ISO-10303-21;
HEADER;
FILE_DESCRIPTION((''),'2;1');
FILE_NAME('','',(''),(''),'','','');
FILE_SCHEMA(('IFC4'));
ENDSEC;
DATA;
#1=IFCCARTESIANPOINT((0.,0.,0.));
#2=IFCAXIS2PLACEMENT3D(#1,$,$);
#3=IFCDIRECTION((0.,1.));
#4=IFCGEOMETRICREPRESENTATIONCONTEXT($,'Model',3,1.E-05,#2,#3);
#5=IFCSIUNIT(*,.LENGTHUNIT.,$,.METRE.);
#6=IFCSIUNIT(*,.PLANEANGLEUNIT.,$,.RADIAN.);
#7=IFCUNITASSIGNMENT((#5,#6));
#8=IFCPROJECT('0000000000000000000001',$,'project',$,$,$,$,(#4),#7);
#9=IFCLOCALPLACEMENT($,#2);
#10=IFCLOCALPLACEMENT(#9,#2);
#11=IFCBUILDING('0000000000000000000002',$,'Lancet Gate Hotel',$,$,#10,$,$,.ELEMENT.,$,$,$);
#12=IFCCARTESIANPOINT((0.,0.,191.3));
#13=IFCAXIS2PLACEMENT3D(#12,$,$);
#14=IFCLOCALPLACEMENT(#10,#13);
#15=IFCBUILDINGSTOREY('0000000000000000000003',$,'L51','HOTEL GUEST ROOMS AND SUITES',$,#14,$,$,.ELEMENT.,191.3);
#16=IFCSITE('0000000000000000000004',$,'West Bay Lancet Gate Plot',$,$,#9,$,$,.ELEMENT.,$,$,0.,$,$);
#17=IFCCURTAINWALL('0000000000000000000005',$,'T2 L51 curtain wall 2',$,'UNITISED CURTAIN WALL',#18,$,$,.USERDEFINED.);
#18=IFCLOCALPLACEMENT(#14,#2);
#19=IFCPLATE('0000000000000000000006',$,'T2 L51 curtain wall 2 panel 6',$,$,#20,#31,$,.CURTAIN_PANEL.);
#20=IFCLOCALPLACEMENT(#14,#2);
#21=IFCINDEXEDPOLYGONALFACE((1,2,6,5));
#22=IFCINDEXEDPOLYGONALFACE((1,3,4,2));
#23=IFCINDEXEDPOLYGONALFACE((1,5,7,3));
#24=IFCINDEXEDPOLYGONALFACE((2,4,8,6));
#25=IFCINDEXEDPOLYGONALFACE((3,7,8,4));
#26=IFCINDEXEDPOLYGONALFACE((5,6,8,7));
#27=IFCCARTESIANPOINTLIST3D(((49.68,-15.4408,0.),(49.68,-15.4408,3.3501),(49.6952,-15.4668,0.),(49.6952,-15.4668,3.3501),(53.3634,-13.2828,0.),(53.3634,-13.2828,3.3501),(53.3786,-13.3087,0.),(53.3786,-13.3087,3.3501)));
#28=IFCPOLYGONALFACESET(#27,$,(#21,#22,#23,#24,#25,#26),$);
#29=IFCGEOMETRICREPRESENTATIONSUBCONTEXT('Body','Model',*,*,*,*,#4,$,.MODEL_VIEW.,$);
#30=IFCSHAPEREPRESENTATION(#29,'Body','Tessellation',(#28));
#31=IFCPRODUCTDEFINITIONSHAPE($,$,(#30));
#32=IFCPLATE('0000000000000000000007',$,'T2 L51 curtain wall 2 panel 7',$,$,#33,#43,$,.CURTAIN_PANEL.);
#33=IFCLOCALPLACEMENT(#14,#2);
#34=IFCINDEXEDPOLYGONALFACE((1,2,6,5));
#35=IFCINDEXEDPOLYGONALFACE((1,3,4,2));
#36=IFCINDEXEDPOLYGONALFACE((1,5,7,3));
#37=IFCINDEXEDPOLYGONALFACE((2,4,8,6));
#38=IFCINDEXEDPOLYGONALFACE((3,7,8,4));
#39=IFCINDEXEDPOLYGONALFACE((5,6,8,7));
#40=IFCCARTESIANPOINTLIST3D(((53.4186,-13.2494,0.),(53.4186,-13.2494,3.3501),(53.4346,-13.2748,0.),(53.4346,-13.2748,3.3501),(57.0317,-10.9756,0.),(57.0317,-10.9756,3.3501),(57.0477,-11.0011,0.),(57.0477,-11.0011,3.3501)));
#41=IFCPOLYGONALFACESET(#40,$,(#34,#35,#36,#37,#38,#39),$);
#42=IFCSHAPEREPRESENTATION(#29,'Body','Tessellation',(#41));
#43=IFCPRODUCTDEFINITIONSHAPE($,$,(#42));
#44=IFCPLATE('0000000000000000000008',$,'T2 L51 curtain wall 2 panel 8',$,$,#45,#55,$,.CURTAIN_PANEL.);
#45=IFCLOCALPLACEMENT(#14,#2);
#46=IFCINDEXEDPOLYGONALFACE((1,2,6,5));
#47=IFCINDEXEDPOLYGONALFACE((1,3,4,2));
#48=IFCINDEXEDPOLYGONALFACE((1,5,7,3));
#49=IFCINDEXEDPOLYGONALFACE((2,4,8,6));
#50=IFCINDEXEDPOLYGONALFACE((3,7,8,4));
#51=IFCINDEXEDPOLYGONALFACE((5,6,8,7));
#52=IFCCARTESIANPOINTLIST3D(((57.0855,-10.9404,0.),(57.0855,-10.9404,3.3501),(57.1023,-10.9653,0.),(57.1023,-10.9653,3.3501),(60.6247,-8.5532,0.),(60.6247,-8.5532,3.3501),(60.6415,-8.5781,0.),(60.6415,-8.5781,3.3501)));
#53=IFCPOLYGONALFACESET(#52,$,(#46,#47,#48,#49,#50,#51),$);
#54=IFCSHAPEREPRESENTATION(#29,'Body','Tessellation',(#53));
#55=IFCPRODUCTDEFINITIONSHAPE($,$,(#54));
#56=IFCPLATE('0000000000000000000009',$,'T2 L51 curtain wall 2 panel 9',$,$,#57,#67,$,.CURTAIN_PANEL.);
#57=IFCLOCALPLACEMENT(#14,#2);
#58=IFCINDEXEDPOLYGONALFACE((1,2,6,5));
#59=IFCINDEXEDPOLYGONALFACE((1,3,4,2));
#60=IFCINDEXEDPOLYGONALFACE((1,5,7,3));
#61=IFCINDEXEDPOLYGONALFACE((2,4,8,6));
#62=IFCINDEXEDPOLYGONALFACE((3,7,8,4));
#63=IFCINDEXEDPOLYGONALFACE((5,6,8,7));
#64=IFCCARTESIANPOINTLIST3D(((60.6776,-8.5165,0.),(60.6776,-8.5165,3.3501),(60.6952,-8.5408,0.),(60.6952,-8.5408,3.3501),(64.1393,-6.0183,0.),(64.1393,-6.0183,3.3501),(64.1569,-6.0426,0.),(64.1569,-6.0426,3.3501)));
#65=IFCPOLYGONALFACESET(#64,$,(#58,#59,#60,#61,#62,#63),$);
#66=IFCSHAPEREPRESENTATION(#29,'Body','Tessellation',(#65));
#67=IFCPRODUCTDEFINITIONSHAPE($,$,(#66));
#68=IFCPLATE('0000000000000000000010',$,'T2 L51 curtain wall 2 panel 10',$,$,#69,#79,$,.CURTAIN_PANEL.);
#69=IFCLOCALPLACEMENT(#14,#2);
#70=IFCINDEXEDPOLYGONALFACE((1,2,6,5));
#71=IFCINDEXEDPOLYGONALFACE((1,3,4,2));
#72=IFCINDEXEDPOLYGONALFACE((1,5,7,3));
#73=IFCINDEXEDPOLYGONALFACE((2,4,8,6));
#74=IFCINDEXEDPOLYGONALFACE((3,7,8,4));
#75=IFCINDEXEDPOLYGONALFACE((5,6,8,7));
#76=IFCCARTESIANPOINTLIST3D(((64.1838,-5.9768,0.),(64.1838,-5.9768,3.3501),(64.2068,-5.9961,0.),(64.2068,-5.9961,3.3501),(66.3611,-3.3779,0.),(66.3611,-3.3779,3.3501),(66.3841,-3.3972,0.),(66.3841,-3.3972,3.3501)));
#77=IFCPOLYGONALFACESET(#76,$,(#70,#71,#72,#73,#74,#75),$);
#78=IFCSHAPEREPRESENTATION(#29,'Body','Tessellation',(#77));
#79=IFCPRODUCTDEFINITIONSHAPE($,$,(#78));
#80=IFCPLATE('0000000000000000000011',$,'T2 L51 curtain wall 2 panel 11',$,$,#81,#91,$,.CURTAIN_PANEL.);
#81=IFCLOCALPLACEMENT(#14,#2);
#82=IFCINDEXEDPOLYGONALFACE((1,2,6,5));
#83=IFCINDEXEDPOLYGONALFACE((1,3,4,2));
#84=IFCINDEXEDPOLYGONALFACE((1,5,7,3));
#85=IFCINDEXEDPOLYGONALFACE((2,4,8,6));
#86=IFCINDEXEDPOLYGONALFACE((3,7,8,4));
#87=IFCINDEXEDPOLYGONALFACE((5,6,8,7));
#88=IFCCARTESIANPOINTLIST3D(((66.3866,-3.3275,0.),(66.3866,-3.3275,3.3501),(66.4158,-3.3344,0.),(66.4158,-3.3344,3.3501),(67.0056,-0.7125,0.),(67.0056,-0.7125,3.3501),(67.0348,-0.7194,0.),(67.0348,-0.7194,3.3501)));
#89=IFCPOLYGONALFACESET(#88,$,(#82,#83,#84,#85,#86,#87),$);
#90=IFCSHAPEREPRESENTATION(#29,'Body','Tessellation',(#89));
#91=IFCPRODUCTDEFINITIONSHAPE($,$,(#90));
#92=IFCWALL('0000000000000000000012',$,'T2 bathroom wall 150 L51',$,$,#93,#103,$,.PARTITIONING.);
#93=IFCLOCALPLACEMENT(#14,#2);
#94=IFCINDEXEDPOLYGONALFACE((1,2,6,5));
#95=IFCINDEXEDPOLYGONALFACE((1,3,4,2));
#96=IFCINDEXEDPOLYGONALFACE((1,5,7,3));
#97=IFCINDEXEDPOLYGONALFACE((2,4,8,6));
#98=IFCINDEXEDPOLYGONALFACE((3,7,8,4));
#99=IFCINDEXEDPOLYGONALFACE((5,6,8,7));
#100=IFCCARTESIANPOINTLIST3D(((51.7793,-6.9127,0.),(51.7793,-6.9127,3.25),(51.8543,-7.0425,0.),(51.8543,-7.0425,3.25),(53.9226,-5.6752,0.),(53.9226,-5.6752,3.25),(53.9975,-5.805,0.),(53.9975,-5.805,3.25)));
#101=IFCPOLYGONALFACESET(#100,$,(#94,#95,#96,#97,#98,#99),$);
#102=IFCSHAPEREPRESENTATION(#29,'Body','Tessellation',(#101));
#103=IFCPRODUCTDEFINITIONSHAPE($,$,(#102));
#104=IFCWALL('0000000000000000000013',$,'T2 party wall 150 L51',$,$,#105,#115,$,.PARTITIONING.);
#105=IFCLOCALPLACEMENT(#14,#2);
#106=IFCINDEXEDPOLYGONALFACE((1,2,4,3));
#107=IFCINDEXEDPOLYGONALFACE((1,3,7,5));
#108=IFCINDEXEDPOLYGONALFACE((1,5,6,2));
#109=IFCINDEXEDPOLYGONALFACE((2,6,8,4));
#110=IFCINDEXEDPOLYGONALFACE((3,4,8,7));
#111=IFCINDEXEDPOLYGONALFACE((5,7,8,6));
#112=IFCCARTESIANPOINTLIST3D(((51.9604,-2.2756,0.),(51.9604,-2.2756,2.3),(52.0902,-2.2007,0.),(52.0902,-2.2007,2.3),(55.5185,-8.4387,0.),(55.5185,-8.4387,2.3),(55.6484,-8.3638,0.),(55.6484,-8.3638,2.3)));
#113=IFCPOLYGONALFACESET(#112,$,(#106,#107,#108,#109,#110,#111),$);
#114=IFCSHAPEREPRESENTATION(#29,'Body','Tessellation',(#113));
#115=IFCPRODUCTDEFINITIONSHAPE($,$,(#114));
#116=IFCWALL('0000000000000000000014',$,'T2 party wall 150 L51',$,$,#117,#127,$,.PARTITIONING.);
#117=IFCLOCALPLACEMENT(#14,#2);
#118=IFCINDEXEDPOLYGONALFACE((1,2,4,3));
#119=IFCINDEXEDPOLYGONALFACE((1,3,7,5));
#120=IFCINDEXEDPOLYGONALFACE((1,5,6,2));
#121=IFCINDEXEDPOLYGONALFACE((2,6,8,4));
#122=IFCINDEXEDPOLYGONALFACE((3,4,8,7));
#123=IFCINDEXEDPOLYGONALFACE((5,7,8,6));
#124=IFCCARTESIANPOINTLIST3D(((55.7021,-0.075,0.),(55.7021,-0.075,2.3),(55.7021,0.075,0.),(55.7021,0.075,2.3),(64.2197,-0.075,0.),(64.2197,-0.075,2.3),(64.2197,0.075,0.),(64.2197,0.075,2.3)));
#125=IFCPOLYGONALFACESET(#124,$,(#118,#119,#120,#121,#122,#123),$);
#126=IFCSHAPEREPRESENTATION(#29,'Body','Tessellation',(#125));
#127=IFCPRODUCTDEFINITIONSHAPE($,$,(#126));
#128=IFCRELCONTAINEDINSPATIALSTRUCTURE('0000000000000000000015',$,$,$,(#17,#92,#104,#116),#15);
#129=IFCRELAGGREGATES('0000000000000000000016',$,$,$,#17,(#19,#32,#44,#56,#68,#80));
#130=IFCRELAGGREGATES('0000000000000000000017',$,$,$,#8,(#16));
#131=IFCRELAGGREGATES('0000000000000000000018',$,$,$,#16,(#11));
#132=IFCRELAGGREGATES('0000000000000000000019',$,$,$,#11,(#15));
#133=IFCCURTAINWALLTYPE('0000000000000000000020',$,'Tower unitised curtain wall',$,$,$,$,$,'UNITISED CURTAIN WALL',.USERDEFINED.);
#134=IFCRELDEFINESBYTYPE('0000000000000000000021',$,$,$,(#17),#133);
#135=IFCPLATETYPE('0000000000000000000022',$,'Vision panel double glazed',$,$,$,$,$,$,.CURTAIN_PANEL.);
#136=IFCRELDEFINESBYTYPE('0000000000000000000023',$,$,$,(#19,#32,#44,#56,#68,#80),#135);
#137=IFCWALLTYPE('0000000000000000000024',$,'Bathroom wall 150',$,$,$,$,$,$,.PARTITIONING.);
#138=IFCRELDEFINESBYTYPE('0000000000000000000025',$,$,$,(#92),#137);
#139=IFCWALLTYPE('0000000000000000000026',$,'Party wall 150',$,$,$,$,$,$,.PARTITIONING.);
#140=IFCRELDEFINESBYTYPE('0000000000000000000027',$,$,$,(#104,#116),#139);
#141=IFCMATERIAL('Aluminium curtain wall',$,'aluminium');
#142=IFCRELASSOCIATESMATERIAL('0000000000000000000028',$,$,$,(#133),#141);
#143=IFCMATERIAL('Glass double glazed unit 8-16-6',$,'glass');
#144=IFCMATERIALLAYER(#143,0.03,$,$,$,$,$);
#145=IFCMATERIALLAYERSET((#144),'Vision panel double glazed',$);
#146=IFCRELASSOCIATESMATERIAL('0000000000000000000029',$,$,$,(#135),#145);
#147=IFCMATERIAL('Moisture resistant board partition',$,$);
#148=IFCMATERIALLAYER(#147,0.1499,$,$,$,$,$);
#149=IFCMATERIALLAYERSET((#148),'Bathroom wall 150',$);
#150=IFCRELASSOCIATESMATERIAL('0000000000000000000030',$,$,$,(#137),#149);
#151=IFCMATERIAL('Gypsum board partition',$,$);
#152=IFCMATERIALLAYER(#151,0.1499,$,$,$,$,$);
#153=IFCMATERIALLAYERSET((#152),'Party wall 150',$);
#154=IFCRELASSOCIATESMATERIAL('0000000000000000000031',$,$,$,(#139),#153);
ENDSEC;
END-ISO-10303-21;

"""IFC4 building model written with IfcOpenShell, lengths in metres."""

from ifc_helpers import new_model, si_unit, direction, frame, frame_2d, origin, origin_2d, place, context, subcontext, project, spatial, rectangle, extrude, material, layer, layer_set, type_object, element, aggregate, save


model = new_model("IFC4")

# Units and contexts
model_context = context("Model", 3, precision=1e-05, world=origin(), true_north=direction((0.0, 1.0)))
body_context = subcontext(model_context, "Body", "Model", "MODEL_VIEW")
ifc_project = project(units=[si_unit("LENGTHUNIT", "METRE"), si_unit("PLANEANGLEUNIT", "RADIAN")], contexts=[model_context])

# Site, building, storey
site_placement = place(None, origin())
site = spatial("IfcSite", under=ifc_project, at=site_placement, Name="West Bay Lancet Gate Plot", CompositionType="ELEMENT", RefElevation=0.0)
building_placement = place(site_placement, origin())
building = spatial("IfcBuilding", under=site, at=building_placement, Name="Lancet Gate Hotel", CompositionType="ELEMENT")
storey_placement = place(building_placement, frame((0.0, 0.0, 191.3)))
storey = spatial("IfcBuildingStorey", under=building, at=storey_placement, Name="L51", Description="HOTEL GUEST ROOMS AND SUITES", CompositionType="ELEMENT", Elevation=191.3)

# Curtain wall
ifc_material_1 = material(Name="Aluminium curtain wall", Category="aluminium")
curtain_wall_type = type_object("IfcCurtainWallType", Name="Tower unitised curtain wall", ElementType="UNITISED CURTAIN WALL", PredefinedType="USERDEFINED", material=ifc_material_1)
curtain_wall_placement = place(storey_placement, origin())
curtain_wall = element("IfcCurtainWall", 1, at=curtain_wall_placement, inside=storey, type_object=curtain_wall_type, Name="T2 L51 curtain wall 2", ObjectType="UNITISED CURTAIN WALL", PredefinedType="USERDEFINED")

# Plates
ifc_material_2 = material(Name="Glass double glazed unit 8-16-6", Category="glass")
ifc_layer_1 = layer(ifc_material_2, 0.03)
ifc_layer_set_1 = layer_set([ifc_layer_1], Name="Vision panel double glazed")
plate_type = type_object("IfcPlateType", Name="Vision panel double glazed", PredefinedType="CURTAIN_PANEL", material=ifc_layer_set_1)
plate_1_placement = place(storey_placement, frame((51.5293, -14.3748, 0.0), z_axis=(0.0, 0.0, 1.0), x_axis=(0.862815, 0.50552, 0.0)))
plate_1 = element("IfcPlate", 2, at=plate_1_placement, type_object=plate_type, Name="T2 L51 curtain wall 2 panel 6", PredefinedType="CURTAIN_PANEL", context=body_context, shape_type="SweptSolid", body=[
    extrude(rectangle(XDim=4.269, YDim=0.03, at=origin_2d()), origin(), (0.0, 0.0, 1.0), 3.3501),
])
plate_2_placement = place(storey_placement, frame((55.2332, -12.1252, 0.0), z_axis=(0.0, 0.0, 1.0), x_axis=(0.846352, 0.532623, 0.0)))
plate_2 = element("IfcPlate", 3, at=plate_2_placement, type_object=plate_type, Name="T2 L51 curtain wall 2 panel 7", PredefinedType="CURTAIN_PANEL", context=body_context, shape_type="SweptSolid", body=[
    extrude(rectangle(XDim=4.269, YDim=0.03, at=origin_2d()), origin(), (0.0, 0.0, 1.0), 3.3501),
])
plate_3_placement = place(storey_placement, frame((58.8635, -9.7593, 0.0), z_axis=(0.0, 0.0, 1.0), x_axis=(0.829039, 0.559191, 0.0)))
plate_3 = element("IfcPlate", 4, at=plate_3_placement, type_object=plate_type, Name="T2 L51 curtain wall 2 panel 8", PredefinedType="CURTAIN_PANEL", context=body_context, shape_type="SweptSolid", body=[
    extrude(rectangle(XDim=4.269, YDim=0.03, at=origin_2d()), origin(), (0.0, 0.0, 1.0), 3.3501),
])
plate_4_placement = place(storey_placement, frame((62.4172, -7.2795, 0.0), z_axis=(0.0, 0.0, 1.0), x_axis=(0.810891, 0.585197, 0.0)))
plate_4 = element("IfcPlate", 5, at=plate_4_placement, type_object=plate_type, Name="T2 L51 curtain wall 2 panel 9", PredefinedType="CURTAIN_PANEL", context=body_context, shape_type="SweptSolid", body=[
    extrude(rectangle(XDim=4.269, YDim=0.03, at=origin_2d()), origin(), (0.0, 0.0, 1.0), 3.3501),
])
plate_5_placement = place(storey_placement, frame((65.2839, -4.687, 0.0), z_axis=(0.0, 0.0, 1.0), x_axis=(0.642199, 0.766538, 0.0)))
plate_5 = element("IfcPlate", 6, at=plate_5_placement, type_object=plate_type, Name="T2 L51 curtain wall 2 panel 10", PredefinedType="CURTAIN_PANEL", context=body_context, shape_type="SweptSolid", body=[
    extrude(rectangle(XDim=3.3904, YDim=0.03, at=origin_2d()), origin(), (0.0, 0.0, 1.0), 3.3501),
])
plate_6_placement = place(storey_placement, frame((66.7107, -2.0234, 0.0), z_axis=(0.0, 0.0, 1.0), x_axis=(0.230367, 0.973104, 0.0)))
plate_6 = element("IfcPlate", 7, at=plate_6_placement, type_object=plate_type, Name="T2 L51 curtain wall 2 panel 11", PredefinedType="CURTAIN_PANEL", context=body_context, shape_type="SweptSolid", body=[
    extrude(rectangle(XDim=2.6873, YDim=0.03, at=origin_2d()), origin(), (0.0, 0.0, 1.0), 3.3501),
])
aggregate(curtain_wall, [plate_1, plate_2, plate_3, plate_4, plate_5, plate_6])

# Walls
ifc_material_3 = material(Name="Moisture resistant board partition")
ifc_layer_2 = layer(ifc_material_3, 0.1499)
ifc_layer_set_2 = layer_set([ifc_layer_2], Name="Bathroom wall 150")
wall_type_1 = type_object("IfcWallType", Name="Bathroom wall 150", PredefinedType="PARTITIONING", material=ifc_layer_set_2)
wall_1_placement = place(storey_placement, frame((51.8169, -6.9775, 0.0), z_axis=(0.0, 0.0, 1.0), x_axis=(0.866007, 0.500033, 0.0)))
element("IfcWall", 8, at=wall_1_placement, inside=storey, type_object=wall_type_1, Name="T2 bathroom wall 150 L51", PredefinedType="PARTITIONING", context=body_context, shape_type="SweptSolid", body=[
    extrude(rectangle(XDim=2.4749, YDim=0.1499, at=frame_2d((1.2373, 0.0))), origin(), (0.0, 0.0, 1.0), 3.25),
])
ifc_material_4 = material(Name="Gypsum board partition")
ifc_layer_3 = layer(ifc_material_4, 0.1499)
ifc_layer_set_3 = layer_set([ifc_layer_3], Name="Party wall 150")
wall_type_2 = type_object("IfcWallType", Name="Party wall 150", PredefinedType="PARTITIONING", material=ifc_layer_set_3)
wall_2_placement = place(storey_placement, frame((52.0254, -2.2383, 0.0), z_axis=(0.0, 0.0, 1.0), x_axis=(0.499984, -0.866035, 0.0)))
element("IfcWall", 9, at=wall_2_placement, inside=storey, type_object=wall_type_2, Name="T2 party wall 150 L51", PredefinedType="PARTITIONING", context=body_context, shape_type="SweptSolid", body=[
    extrude(rectangle(XDim=7.1165, YDim=0.1499, at=frame_2d((3.5581, 0.0))), origin(), (0.0, 0.0, 1.0), 2.3),
])
wall_3_placement = place(storey_placement, frame((55.7021, 0.0, 0.0), z_axis=(0.0, 0.0, 1.0), x_axis=(1.0, 0.0, 0.0)))
element("IfcWall", 10, at=wall_3_placement, inside=storey, type_object=wall_type_2, Name="T2 party wall 150 L51", PredefinedType="PARTITIONING", context=body_context, shape_type="SweptSolid", body=[
    extrude(rectangle(XDim=8.5176, YDim=0.1499, at=frame_2d((4.2588, 0.0))), origin(), (0.0, 0.0, 1.0), 2.3),
])

save(model, "model.ifc")
